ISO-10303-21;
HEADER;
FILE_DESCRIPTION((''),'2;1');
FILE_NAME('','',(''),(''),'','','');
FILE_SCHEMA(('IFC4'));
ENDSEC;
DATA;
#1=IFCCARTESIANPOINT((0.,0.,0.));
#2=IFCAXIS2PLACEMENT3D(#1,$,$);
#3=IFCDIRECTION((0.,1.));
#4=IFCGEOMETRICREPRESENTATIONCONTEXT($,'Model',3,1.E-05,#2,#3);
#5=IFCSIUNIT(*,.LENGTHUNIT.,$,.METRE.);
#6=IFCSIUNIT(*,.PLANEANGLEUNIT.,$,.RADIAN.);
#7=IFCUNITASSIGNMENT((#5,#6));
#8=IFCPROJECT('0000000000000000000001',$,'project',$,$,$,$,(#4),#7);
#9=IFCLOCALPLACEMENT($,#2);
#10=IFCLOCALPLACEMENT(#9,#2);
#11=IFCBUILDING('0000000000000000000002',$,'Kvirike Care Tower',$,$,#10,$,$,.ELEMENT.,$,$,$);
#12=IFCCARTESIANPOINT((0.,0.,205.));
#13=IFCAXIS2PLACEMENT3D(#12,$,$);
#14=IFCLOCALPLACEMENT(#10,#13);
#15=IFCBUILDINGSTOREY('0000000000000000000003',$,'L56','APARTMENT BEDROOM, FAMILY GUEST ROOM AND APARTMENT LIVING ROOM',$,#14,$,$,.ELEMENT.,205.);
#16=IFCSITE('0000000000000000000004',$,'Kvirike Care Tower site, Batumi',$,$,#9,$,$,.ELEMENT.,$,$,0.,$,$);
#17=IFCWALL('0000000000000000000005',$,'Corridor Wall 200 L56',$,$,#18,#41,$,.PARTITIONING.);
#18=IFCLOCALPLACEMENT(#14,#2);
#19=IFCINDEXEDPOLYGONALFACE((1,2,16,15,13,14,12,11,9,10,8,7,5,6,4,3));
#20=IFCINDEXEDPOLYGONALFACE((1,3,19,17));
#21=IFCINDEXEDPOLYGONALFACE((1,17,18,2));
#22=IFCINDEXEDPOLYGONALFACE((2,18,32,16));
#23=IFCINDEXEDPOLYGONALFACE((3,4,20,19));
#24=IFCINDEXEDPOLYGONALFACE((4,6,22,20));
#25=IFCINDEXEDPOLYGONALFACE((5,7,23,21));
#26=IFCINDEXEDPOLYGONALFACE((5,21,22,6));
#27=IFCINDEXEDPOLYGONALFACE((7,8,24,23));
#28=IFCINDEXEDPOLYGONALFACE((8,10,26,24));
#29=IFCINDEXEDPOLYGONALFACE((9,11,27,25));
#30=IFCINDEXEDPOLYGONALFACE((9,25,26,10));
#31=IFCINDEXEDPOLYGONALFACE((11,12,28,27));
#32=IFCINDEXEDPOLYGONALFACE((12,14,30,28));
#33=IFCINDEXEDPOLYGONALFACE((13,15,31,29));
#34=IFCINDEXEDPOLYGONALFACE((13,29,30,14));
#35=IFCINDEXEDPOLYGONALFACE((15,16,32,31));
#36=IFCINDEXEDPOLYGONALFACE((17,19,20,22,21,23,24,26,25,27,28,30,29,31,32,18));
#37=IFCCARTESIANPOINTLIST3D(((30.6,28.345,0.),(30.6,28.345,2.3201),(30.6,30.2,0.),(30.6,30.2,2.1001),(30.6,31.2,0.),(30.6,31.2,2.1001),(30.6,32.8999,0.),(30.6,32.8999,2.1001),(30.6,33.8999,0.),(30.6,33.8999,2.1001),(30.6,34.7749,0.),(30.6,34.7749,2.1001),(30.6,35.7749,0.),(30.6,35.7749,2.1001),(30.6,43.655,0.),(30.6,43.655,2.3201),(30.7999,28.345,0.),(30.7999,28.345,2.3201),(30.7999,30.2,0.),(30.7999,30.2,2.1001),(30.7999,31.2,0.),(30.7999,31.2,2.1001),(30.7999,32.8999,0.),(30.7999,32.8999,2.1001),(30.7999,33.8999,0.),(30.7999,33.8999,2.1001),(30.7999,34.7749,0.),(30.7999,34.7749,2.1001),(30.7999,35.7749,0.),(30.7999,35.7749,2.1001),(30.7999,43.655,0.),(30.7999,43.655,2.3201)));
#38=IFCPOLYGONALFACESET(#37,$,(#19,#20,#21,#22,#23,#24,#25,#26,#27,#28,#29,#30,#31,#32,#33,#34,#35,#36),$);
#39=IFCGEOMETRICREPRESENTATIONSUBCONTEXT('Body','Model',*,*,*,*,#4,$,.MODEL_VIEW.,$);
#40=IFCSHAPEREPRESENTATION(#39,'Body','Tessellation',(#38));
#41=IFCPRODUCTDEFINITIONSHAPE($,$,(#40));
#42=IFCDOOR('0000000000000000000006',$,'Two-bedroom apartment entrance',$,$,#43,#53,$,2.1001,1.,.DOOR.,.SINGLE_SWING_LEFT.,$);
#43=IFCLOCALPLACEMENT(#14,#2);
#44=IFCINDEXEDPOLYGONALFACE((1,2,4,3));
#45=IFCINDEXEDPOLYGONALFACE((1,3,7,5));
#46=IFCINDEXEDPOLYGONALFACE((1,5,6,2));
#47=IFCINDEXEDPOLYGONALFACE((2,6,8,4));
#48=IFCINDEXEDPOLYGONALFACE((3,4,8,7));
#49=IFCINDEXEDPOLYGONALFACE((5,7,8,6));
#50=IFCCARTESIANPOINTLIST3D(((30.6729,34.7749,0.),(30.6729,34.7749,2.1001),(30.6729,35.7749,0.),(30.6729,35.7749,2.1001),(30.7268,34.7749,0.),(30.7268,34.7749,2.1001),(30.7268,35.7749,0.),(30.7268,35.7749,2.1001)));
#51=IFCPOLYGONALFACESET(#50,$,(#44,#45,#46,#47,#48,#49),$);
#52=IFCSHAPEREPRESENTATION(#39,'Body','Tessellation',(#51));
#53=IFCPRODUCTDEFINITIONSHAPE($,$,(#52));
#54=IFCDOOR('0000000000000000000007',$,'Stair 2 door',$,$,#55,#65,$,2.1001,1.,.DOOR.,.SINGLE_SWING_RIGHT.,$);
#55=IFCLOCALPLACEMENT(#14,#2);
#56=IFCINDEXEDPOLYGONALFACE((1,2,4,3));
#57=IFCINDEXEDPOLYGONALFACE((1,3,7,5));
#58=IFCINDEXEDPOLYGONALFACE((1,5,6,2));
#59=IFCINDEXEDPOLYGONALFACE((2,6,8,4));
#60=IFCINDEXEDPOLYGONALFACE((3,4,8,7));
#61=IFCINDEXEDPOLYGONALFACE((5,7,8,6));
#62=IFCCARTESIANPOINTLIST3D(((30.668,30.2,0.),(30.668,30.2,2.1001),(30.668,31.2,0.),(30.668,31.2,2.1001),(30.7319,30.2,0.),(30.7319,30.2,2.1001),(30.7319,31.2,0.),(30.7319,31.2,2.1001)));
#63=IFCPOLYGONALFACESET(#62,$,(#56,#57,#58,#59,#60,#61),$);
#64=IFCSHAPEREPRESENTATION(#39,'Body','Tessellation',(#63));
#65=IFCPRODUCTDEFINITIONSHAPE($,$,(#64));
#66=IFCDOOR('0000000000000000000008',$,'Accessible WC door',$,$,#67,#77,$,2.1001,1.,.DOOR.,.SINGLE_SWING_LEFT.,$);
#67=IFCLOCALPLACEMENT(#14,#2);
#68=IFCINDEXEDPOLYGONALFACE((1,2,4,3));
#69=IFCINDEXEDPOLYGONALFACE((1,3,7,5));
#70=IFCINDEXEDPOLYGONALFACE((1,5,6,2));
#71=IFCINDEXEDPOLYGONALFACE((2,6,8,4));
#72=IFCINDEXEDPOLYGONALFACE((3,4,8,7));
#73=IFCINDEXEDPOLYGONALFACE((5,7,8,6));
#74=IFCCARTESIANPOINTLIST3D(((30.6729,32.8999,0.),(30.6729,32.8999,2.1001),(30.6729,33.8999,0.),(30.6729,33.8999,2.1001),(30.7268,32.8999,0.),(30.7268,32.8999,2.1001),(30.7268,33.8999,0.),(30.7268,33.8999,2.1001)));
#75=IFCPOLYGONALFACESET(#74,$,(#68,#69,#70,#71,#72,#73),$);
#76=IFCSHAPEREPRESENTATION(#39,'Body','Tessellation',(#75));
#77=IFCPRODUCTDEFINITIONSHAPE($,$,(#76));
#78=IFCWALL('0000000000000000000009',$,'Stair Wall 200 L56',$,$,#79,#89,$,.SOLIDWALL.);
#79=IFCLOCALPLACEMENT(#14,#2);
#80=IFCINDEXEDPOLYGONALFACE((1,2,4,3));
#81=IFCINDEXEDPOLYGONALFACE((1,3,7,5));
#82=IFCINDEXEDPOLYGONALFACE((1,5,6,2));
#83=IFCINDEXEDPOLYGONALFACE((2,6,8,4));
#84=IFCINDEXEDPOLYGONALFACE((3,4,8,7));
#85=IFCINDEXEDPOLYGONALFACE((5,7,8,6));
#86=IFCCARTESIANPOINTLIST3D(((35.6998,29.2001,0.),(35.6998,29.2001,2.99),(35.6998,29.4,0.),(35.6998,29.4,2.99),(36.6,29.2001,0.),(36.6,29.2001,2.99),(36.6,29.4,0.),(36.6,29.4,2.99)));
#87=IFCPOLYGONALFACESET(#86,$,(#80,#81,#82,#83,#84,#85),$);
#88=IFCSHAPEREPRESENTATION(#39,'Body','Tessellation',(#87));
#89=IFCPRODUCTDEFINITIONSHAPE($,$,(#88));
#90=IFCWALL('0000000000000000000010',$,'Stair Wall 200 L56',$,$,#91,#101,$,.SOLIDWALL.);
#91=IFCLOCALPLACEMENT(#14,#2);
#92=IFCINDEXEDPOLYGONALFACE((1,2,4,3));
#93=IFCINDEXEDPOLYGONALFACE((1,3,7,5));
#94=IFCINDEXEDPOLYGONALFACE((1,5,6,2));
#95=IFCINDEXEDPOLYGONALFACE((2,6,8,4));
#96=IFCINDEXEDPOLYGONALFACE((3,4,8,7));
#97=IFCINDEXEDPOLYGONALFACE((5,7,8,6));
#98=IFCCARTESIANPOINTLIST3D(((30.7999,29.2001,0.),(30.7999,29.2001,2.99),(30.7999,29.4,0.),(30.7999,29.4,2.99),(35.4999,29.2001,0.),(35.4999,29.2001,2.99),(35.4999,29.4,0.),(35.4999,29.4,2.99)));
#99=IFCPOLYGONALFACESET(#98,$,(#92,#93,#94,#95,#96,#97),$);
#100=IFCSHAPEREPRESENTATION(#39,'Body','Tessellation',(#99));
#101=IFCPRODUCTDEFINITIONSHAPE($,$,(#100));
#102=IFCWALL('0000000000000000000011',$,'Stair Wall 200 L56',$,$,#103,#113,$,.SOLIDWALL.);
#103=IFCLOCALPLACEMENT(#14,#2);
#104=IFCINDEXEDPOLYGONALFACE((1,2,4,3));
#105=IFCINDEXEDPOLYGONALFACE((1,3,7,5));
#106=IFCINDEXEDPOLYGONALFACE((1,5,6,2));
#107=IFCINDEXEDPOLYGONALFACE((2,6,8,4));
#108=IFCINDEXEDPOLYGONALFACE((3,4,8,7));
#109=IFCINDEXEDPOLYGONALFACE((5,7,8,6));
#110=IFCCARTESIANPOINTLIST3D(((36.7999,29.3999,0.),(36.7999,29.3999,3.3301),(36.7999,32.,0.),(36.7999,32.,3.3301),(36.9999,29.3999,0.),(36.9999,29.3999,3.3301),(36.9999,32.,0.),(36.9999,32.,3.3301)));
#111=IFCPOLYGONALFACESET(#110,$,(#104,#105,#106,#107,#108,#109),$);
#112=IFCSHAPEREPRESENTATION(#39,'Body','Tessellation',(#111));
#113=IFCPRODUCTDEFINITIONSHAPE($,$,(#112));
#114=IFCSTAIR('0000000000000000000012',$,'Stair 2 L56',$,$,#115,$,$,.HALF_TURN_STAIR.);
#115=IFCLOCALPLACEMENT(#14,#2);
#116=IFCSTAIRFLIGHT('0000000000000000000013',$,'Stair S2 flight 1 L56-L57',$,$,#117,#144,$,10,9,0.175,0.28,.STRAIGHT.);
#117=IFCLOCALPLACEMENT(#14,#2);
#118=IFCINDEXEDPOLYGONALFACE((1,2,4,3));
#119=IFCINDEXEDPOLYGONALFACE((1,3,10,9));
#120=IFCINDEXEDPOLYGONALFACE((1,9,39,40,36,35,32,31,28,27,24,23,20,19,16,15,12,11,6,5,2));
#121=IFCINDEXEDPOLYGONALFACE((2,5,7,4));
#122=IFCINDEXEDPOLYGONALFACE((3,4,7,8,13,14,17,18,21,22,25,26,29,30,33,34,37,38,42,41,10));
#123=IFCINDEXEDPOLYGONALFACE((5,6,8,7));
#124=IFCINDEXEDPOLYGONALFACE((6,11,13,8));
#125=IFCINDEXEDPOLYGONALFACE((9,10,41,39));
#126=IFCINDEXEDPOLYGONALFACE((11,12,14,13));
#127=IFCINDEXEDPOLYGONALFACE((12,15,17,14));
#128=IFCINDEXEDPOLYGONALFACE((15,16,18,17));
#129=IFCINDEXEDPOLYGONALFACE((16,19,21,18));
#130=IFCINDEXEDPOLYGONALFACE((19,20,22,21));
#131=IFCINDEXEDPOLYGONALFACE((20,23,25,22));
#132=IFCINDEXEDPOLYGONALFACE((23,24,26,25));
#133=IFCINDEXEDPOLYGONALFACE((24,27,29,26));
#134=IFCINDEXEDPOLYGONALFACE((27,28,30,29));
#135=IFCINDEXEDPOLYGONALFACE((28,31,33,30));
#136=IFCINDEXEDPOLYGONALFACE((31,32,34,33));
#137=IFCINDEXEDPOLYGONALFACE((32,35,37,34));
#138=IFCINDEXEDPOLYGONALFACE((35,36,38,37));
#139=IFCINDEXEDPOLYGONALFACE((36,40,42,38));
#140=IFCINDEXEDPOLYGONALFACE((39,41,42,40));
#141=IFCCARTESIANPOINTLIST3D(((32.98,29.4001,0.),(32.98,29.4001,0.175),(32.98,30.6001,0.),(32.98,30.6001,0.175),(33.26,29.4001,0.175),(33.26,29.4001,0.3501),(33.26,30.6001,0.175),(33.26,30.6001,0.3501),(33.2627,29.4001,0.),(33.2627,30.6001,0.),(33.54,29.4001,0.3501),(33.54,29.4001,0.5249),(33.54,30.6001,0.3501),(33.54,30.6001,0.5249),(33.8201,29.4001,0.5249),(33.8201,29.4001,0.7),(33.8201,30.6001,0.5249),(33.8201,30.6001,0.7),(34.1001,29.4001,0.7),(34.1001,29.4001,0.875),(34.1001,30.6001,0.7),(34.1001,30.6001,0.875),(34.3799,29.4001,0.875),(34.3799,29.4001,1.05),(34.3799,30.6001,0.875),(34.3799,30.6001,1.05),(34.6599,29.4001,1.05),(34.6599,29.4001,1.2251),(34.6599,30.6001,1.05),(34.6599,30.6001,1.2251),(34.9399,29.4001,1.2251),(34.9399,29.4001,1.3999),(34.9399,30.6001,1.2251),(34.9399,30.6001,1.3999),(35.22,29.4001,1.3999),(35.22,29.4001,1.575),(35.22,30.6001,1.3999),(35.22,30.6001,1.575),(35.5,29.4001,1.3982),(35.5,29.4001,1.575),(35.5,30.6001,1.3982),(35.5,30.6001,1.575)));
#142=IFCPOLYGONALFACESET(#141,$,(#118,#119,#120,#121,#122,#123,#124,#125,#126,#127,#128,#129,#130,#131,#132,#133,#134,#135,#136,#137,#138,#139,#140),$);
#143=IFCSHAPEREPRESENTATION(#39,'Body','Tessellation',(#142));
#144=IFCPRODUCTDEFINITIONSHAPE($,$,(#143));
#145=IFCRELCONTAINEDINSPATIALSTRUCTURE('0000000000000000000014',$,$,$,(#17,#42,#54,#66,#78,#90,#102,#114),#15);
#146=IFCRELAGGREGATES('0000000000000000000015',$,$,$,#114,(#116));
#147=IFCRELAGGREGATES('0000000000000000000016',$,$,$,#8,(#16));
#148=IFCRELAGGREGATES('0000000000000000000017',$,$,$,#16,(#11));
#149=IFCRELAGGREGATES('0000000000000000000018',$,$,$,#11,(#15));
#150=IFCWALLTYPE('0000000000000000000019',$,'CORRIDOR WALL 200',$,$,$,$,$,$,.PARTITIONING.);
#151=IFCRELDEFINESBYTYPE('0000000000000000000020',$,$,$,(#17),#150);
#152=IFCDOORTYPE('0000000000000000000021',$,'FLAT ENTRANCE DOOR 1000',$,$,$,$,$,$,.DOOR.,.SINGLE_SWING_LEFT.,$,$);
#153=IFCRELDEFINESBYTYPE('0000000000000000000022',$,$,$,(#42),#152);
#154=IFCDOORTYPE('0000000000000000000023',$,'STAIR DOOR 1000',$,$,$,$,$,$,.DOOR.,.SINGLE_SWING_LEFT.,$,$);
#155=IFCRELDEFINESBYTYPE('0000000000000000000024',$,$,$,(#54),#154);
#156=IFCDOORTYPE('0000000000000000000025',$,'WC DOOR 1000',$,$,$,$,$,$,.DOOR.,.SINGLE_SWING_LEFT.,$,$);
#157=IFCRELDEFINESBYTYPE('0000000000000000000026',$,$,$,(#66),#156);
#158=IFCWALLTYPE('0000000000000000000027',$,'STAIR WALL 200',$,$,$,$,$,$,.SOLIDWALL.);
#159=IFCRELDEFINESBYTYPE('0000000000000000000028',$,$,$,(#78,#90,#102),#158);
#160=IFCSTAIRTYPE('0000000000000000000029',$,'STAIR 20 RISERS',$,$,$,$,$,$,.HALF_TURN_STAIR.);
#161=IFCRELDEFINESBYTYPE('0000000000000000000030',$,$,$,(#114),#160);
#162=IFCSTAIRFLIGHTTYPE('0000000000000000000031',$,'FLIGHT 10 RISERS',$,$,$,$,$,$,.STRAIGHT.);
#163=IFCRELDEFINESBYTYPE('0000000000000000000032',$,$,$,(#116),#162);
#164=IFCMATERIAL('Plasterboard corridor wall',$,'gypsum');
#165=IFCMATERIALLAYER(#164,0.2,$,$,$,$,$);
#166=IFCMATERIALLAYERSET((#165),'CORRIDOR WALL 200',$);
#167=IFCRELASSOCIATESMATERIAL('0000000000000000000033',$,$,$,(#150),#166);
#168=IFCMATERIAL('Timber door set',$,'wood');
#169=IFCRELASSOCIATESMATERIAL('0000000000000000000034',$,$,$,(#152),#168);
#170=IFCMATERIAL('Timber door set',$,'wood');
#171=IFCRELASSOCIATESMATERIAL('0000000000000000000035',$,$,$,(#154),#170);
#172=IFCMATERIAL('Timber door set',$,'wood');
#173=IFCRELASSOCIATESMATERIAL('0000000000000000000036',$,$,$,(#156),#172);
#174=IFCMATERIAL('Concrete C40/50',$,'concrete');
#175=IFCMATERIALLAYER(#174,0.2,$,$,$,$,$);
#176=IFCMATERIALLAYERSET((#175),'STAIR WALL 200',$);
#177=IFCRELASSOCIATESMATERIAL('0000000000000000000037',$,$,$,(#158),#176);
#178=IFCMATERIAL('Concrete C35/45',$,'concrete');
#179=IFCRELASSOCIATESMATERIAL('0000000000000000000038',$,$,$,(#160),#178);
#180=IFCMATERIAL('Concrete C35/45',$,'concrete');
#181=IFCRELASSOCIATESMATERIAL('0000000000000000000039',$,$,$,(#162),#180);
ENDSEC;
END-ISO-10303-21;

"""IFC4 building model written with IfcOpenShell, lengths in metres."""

from ifc_helpers import new_model, si_unit, direction, frame, frame_2d, origin, place, context, subcontext, project, spatial, polyline, rectangle, outline, extrude, material, layer, layer_set, type_object, element, fill, aggregate, save


model = new_model("IFC4")

# Units and contexts
model_context = context("Model", 3, precision=1e-05, world=origin(), true_north=direction((0.0, 1.0)))
body_context = subcontext(model_context, "Body", "Model", "MODEL_VIEW")
ifc_project = project(units=[si_unit("LENGTHUNIT", "METRE"), si_unit("PLANEANGLEUNIT", "RADIAN")], contexts=[model_context])

# Site, building, storey
site_placement = place(None, origin())
site = spatial("IfcSite", under=ifc_project, at=site_placement, Name="Kvirike Care Tower site, Batumi", CompositionType="ELEMENT", RefElevation=0.0)
building_placement = place(site_placement, origin())
building = spatial("IfcBuilding", under=site, at=building_placement, Name="Kvirike Care Tower", CompositionType="ELEMENT")
storey_placement = place(building_placement, frame((0.0, 0.0, 205.0)))
storey = spatial("IfcBuildingStorey", under=building, at=storey_placement, Name="L56", Description="APARTMENT BEDROOM, FAMILY GUEST ROOM AND APARTMENT LIVING ROOM", CompositionType="ELEMENT", Elevation=205.0)

# Wall, openings, doors
ifc_material_1 = material(Name="Plasterboard corridor wall", Category="gypsum")
ifc_layer_1 = layer(ifc_material_1, 0.2)
ifc_layer_set_1 = layer_set([ifc_layer_1], Name="CORRIDOR WALL 200")
wall_type_1 = type_object("IfcWallType", Name="CORRIDOR WALL 200", PredefinedType="PARTITIONING", material=ifc_layer_set_1)
wall_1_placement = place(storey_placement, frame((30.7, 28.345, 0.0), z_axis=(0.0, 0.0, 1.0), x_axis=(0.0, 1.0, 0.0)))
wall_1 = element("IfcWall", 1, at=wall_1_placement, inside=storey, type_object=wall_type_1, Name="Corridor Wall 200 L56", PredefinedType="PARTITIONING", context=body_context, shape_type="SweptSolid", body=[
    extrude(rectangle(XDim=15.3101, YDim=0.2, at=frame_2d((7.655, 0.0))), origin(), (0.0, 0.0, 1.0), 2.3201),
])
opening_1_placement = place(wall_1_placement, frame((1.855, 0.0, 0.0)))
opening_1 = element("IfcOpeningElement", 2, at=opening_1_placement, cuts=wall_1, PredefinedType="OPENING", context=body_context, shape_type="SweptSolid", body=[
    extrude(rectangle(XDim=1.0, YDim=2.1001, at=frame_2d((0.5, 1.05))), frame((0.0, 0.1106, 0.0), z_axis=(0.0, -1.0, 0.0), x_axis=(1.0, 0.0, 0.0)), (0.0, 0.0, 1.0), 0.2209),
])
opening_2_placement = place(wall_1_placement, frame((4.5549, 0.0, 0.0)))
opening_2 = element("IfcOpeningElement", 3, at=opening_2_placement, cuts=wall_1, PredefinedType="OPENING", context=body_context, shape_type="SweptSolid", body=[
    extrude(rectangle(XDim=1.0, YDim=2.1001, at=frame_2d((0.5, 1.05))), frame((0.0, 0.1106, 0.0), z_axis=(0.0, -1.0, 0.0), x_axis=(1.0, 0.0, 0.0)), (0.0, 0.0, 1.0), 0.2209),
])
opening_3_placement = place(wall_1_placement, frame((6.4299, 0.0, 0.0)))
opening_3 = element("IfcOpeningElement", 4, at=opening_3_placement, cuts=wall_1, PredefinedType="OPENING", context=body_context, shape_type="SweptSolid", body=[
    extrude(rectangle(XDim=1.0, YDim=2.1001, at=frame_2d((0.5, 1.05))), frame((0.0, 0.1106, 0.0), z_axis=(0.0, -1.0, 0.0), x_axis=(1.0, 0.0, 0.0)), (0.0, 0.0, 1.0), 0.2209),
])
ifc_material_2 = material(Name="Timber door set", Category="wood")
door_type_1 = type_object("IfcDoorType", Name="FLAT ENTRANCE DOOR 1000", OperationType="SINGLE_SWING_LEFT", PredefinedType="DOOR", material=ifc_material_2)
door_1_placement = place(opening_3_placement, frame((1.0, 0.0, 0.0), z_axis=(0.0, 0.0, 1.0), x_axis=(-1.0, 0.0, 0.0)))
door_1 = element("IfcDoor", 5, at=door_1_placement, inside=storey, type_object=door_type_1, Name="Two-bedroom apartment entrance", OperationType="SINGLE_SWING_LEFT", OverallHeight=2.1001, OverallWidth=1.0, PredefinedType="DOOR", context=body_context, shape_type="SweptSolid", body=[
    extrude(rectangle(XDim=1.0, YDim=2.1001, at=frame_2d((0.5, 1.05))), frame((0.0, 0.0269, 0.0), z_axis=(0.0, -1.0, 0.0), x_axis=(1.0, 0.0, 0.0)), (0.0, 0.0, 1.0), 0.054),
])
fill(opening_3, door_1)
ifc_material_3 = material(Name="Timber door set", Category="wood")
door_type_2 = type_object("IfcDoorType", Name="STAIR DOOR 1000", OperationType="SINGLE_SWING_LEFT", PredefinedType="DOOR", material=ifc_material_3)
door_2_placement = place(opening_1_placement, frame((1.0, 0.0, 0.0), z_axis=(0.0, 0.0, 1.0), x_axis=(-1.0, 0.0, 0.0)))
door_2 = element("IfcDoor", 6, at=door_2_placement, inside=storey, type_object=door_type_2, Name="Stair 2 door", OperationType="SINGLE_SWING_RIGHT", OverallHeight=2.1001, OverallWidth=1.0, PredefinedType="DOOR", context=body_context, shape_type="SweptSolid", body=[
    extrude(rectangle(XDim=1.0, YDim=2.1001, at=frame_2d((0.5, 1.05))), frame((0.0, 0.032, 0.0), z_axis=(0.0, -1.0, 0.0), x_axis=(1.0, 0.0, 0.0)), (0.0, 0.0, 1.0), 0.064),
])
fill(opening_1, door_2)
ifc_material_4 = material(Name="Timber door set", Category="wood")
door_type_3 = type_object("IfcDoorType", Name="WC DOOR 1000", OperationType="SINGLE_SWING_LEFT", PredefinedType="DOOR", material=ifc_material_4)
door_3_placement = place(opening_2_placement, frame((1.0, 0.0, 0.0), z_axis=(0.0, 0.0, 1.0), x_axis=(-1.0, 0.0, 0.0)))
door_3 = element("IfcDoor", 7, at=door_3_placement, inside=storey, type_object=door_type_3, Name="Accessible WC door", OperationType="SINGLE_SWING_LEFT", OverallHeight=2.1001, OverallWidth=1.0, PredefinedType="DOOR", context=body_context, shape_type="SweptSolid", body=[
    extrude(rectangle(XDim=1.0, YDim=2.1001, at=frame_2d((0.5, 1.05))), frame((0.0, 0.0269, 0.0), z_axis=(0.0, -1.0, 0.0), x_axis=(1.0, 0.0, 0.0)), (0.0, 0.0, 1.0), 0.054),
])
fill(opening_2, door_3)

# Walls
ifc_material_5 = material(Name="Concrete C40/50", Category="concrete")
ifc_layer_2 = layer(ifc_material_5, 0.2)
ifc_layer_set_2 = layer_set([ifc_layer_2], Name="STAIR WALL 200")
wall_type_2 = type_object("IfcWallType", Name="STAIR WALL 200", PredefinedType="SOLIDWALL", material=ifc_layer_set_2)
wall_2_placement = place(storey_placement, frame((36.6001, 29.3, 0.0), z_axis=(0.0, 0.0, 1.0), x_axis=(-1.0, 0.0, 0.0)))
element("IfcWall", 8, at=wall_2_placement, inside=storey, type_object=wall_type_2, Name="Stair Wall 200 L56", PredefinedType="SOLIDWALL", context=body_context, shape_type="SweptSolid", body=[
    extrude(rectangle(XDim=0.9001, YDim=0.2, at=frame_2d((0.4502, 0.0))), origin(), (0.0, 0.0, 1.0), 2.99),
])
wall_3_placement = place(storey_placement, frame((35.5, 29.3, 0.0), z_axis=(0.0, 0.0, 1.0), x_axis=(-1.0, 0.0, 0.0)))
element("IfcWall", 9, at=wall_3_placement, inside=storey, type_object=wall_type_2, Name="Stair Wall 200 L56", PredefinedType="SOLIDWALL", context=body_context, shape_type="SweptSolid", body=[
    extrude(rectangle(XDim=4.7, YDim=0.2, at=frame_2d((2.3501, 0.0))), origin(), (0.0, 0.0, 1.0), 2.99),
])
wall_4_placement = place(storey_placement, frame((36.8999, 29.3999, 0.0), z_axis=(0.0, 0.0, 1.0), x_axis=(0.0, 1.0, 0.0)))
element("IfcWall", 10, at=wall_4_placement, inside=storey, type_object=wall_type_2, Name="Stair Wall 200 L56", PredefinedType="SOLIDWALL", context=body_context, shape_type="SweptSolid", body=[
    extrude(rectangle(XDim=2.6001, YDim=0.2, at=frame_2d((1.3, 0.0))), origin(), (0.0, 0.0, 1.0), 3.3301),
])

# Stair, stair flight
ifc_material_6 = material(Name="Concrete C35/45", Category="concrete")
stair_type = type_object("IfcStairType", Name="STAIR 20 RISERS", PredefinedType="HALF_TURN_STAIR", material=ifc_material_6)
stair_placement = place(storey_placement, origin())
stair = element("IfcStair", 11, at=stair_placement, inside=storey, type_object=stair_type, Name="Stair 2 L56", PredefinedType="HALF_TURN_STAIR")
ifc_material_7 = material(Name="Concrete C35/45", Category="concrete")
stair_flight_type = type_object("IfcStairFlightType", Name="FLIGHT 10 RISERS", PredefinedType="STRAIGHT", material=ifc_material_7)
stair_flight_placement = place(storey_placement, frame((32.98, 30.0, 0.0), z_axis=(0.0, 0.0, 1.0), x_axis=(1.0, 0.0, 0.0)))
stair_flight = element("IfcStairFlight", 12, at=stair_flight_placement, type_object=stair_flight_type, Name="Stair S2 flight 1 L56-L57", NumberOfRisers=10, NumberOfTreads=9, PredefinedType="STRAIGHT", RiserHeight=0.175, TreadLength=0.28, context=body_context, shape_type="SweptSolid", body=[
    extrude(outline(polyline([(0.0, 0.0), (0.0, 0.175), (0.28, 0.175), (0.28, 0.3501), (0.5601, 0.3501), (0.5601, 0.5249), (0.8401, 0.5249), (0.8401, 0.7), (1.1201, 0.7), (1.1201, 0.875), (1.3999, 0.875), (1.3999, 1.05), (1.6799, 1.05), (1.6799, 1.2251), (1.96, 1.2251), (1.96, 1.3999), (2.24, 1.3999), (2.24, 1.575), (2.52, 1.575), (2.52, 1.75), (2.52, 1.3982), (0.2827, 0.0), (0.0, 0.0)])), frame((0.0, 0.6001, 0.0), z_axis=(0.0, -1.0, 0.0), x_axis=(1.0, 0.0, 0.0)), (0.0, 0.0, 1.0), 1.2),
])
aggregate(stair, [stair_flight])

save(model, "model.ifc")
